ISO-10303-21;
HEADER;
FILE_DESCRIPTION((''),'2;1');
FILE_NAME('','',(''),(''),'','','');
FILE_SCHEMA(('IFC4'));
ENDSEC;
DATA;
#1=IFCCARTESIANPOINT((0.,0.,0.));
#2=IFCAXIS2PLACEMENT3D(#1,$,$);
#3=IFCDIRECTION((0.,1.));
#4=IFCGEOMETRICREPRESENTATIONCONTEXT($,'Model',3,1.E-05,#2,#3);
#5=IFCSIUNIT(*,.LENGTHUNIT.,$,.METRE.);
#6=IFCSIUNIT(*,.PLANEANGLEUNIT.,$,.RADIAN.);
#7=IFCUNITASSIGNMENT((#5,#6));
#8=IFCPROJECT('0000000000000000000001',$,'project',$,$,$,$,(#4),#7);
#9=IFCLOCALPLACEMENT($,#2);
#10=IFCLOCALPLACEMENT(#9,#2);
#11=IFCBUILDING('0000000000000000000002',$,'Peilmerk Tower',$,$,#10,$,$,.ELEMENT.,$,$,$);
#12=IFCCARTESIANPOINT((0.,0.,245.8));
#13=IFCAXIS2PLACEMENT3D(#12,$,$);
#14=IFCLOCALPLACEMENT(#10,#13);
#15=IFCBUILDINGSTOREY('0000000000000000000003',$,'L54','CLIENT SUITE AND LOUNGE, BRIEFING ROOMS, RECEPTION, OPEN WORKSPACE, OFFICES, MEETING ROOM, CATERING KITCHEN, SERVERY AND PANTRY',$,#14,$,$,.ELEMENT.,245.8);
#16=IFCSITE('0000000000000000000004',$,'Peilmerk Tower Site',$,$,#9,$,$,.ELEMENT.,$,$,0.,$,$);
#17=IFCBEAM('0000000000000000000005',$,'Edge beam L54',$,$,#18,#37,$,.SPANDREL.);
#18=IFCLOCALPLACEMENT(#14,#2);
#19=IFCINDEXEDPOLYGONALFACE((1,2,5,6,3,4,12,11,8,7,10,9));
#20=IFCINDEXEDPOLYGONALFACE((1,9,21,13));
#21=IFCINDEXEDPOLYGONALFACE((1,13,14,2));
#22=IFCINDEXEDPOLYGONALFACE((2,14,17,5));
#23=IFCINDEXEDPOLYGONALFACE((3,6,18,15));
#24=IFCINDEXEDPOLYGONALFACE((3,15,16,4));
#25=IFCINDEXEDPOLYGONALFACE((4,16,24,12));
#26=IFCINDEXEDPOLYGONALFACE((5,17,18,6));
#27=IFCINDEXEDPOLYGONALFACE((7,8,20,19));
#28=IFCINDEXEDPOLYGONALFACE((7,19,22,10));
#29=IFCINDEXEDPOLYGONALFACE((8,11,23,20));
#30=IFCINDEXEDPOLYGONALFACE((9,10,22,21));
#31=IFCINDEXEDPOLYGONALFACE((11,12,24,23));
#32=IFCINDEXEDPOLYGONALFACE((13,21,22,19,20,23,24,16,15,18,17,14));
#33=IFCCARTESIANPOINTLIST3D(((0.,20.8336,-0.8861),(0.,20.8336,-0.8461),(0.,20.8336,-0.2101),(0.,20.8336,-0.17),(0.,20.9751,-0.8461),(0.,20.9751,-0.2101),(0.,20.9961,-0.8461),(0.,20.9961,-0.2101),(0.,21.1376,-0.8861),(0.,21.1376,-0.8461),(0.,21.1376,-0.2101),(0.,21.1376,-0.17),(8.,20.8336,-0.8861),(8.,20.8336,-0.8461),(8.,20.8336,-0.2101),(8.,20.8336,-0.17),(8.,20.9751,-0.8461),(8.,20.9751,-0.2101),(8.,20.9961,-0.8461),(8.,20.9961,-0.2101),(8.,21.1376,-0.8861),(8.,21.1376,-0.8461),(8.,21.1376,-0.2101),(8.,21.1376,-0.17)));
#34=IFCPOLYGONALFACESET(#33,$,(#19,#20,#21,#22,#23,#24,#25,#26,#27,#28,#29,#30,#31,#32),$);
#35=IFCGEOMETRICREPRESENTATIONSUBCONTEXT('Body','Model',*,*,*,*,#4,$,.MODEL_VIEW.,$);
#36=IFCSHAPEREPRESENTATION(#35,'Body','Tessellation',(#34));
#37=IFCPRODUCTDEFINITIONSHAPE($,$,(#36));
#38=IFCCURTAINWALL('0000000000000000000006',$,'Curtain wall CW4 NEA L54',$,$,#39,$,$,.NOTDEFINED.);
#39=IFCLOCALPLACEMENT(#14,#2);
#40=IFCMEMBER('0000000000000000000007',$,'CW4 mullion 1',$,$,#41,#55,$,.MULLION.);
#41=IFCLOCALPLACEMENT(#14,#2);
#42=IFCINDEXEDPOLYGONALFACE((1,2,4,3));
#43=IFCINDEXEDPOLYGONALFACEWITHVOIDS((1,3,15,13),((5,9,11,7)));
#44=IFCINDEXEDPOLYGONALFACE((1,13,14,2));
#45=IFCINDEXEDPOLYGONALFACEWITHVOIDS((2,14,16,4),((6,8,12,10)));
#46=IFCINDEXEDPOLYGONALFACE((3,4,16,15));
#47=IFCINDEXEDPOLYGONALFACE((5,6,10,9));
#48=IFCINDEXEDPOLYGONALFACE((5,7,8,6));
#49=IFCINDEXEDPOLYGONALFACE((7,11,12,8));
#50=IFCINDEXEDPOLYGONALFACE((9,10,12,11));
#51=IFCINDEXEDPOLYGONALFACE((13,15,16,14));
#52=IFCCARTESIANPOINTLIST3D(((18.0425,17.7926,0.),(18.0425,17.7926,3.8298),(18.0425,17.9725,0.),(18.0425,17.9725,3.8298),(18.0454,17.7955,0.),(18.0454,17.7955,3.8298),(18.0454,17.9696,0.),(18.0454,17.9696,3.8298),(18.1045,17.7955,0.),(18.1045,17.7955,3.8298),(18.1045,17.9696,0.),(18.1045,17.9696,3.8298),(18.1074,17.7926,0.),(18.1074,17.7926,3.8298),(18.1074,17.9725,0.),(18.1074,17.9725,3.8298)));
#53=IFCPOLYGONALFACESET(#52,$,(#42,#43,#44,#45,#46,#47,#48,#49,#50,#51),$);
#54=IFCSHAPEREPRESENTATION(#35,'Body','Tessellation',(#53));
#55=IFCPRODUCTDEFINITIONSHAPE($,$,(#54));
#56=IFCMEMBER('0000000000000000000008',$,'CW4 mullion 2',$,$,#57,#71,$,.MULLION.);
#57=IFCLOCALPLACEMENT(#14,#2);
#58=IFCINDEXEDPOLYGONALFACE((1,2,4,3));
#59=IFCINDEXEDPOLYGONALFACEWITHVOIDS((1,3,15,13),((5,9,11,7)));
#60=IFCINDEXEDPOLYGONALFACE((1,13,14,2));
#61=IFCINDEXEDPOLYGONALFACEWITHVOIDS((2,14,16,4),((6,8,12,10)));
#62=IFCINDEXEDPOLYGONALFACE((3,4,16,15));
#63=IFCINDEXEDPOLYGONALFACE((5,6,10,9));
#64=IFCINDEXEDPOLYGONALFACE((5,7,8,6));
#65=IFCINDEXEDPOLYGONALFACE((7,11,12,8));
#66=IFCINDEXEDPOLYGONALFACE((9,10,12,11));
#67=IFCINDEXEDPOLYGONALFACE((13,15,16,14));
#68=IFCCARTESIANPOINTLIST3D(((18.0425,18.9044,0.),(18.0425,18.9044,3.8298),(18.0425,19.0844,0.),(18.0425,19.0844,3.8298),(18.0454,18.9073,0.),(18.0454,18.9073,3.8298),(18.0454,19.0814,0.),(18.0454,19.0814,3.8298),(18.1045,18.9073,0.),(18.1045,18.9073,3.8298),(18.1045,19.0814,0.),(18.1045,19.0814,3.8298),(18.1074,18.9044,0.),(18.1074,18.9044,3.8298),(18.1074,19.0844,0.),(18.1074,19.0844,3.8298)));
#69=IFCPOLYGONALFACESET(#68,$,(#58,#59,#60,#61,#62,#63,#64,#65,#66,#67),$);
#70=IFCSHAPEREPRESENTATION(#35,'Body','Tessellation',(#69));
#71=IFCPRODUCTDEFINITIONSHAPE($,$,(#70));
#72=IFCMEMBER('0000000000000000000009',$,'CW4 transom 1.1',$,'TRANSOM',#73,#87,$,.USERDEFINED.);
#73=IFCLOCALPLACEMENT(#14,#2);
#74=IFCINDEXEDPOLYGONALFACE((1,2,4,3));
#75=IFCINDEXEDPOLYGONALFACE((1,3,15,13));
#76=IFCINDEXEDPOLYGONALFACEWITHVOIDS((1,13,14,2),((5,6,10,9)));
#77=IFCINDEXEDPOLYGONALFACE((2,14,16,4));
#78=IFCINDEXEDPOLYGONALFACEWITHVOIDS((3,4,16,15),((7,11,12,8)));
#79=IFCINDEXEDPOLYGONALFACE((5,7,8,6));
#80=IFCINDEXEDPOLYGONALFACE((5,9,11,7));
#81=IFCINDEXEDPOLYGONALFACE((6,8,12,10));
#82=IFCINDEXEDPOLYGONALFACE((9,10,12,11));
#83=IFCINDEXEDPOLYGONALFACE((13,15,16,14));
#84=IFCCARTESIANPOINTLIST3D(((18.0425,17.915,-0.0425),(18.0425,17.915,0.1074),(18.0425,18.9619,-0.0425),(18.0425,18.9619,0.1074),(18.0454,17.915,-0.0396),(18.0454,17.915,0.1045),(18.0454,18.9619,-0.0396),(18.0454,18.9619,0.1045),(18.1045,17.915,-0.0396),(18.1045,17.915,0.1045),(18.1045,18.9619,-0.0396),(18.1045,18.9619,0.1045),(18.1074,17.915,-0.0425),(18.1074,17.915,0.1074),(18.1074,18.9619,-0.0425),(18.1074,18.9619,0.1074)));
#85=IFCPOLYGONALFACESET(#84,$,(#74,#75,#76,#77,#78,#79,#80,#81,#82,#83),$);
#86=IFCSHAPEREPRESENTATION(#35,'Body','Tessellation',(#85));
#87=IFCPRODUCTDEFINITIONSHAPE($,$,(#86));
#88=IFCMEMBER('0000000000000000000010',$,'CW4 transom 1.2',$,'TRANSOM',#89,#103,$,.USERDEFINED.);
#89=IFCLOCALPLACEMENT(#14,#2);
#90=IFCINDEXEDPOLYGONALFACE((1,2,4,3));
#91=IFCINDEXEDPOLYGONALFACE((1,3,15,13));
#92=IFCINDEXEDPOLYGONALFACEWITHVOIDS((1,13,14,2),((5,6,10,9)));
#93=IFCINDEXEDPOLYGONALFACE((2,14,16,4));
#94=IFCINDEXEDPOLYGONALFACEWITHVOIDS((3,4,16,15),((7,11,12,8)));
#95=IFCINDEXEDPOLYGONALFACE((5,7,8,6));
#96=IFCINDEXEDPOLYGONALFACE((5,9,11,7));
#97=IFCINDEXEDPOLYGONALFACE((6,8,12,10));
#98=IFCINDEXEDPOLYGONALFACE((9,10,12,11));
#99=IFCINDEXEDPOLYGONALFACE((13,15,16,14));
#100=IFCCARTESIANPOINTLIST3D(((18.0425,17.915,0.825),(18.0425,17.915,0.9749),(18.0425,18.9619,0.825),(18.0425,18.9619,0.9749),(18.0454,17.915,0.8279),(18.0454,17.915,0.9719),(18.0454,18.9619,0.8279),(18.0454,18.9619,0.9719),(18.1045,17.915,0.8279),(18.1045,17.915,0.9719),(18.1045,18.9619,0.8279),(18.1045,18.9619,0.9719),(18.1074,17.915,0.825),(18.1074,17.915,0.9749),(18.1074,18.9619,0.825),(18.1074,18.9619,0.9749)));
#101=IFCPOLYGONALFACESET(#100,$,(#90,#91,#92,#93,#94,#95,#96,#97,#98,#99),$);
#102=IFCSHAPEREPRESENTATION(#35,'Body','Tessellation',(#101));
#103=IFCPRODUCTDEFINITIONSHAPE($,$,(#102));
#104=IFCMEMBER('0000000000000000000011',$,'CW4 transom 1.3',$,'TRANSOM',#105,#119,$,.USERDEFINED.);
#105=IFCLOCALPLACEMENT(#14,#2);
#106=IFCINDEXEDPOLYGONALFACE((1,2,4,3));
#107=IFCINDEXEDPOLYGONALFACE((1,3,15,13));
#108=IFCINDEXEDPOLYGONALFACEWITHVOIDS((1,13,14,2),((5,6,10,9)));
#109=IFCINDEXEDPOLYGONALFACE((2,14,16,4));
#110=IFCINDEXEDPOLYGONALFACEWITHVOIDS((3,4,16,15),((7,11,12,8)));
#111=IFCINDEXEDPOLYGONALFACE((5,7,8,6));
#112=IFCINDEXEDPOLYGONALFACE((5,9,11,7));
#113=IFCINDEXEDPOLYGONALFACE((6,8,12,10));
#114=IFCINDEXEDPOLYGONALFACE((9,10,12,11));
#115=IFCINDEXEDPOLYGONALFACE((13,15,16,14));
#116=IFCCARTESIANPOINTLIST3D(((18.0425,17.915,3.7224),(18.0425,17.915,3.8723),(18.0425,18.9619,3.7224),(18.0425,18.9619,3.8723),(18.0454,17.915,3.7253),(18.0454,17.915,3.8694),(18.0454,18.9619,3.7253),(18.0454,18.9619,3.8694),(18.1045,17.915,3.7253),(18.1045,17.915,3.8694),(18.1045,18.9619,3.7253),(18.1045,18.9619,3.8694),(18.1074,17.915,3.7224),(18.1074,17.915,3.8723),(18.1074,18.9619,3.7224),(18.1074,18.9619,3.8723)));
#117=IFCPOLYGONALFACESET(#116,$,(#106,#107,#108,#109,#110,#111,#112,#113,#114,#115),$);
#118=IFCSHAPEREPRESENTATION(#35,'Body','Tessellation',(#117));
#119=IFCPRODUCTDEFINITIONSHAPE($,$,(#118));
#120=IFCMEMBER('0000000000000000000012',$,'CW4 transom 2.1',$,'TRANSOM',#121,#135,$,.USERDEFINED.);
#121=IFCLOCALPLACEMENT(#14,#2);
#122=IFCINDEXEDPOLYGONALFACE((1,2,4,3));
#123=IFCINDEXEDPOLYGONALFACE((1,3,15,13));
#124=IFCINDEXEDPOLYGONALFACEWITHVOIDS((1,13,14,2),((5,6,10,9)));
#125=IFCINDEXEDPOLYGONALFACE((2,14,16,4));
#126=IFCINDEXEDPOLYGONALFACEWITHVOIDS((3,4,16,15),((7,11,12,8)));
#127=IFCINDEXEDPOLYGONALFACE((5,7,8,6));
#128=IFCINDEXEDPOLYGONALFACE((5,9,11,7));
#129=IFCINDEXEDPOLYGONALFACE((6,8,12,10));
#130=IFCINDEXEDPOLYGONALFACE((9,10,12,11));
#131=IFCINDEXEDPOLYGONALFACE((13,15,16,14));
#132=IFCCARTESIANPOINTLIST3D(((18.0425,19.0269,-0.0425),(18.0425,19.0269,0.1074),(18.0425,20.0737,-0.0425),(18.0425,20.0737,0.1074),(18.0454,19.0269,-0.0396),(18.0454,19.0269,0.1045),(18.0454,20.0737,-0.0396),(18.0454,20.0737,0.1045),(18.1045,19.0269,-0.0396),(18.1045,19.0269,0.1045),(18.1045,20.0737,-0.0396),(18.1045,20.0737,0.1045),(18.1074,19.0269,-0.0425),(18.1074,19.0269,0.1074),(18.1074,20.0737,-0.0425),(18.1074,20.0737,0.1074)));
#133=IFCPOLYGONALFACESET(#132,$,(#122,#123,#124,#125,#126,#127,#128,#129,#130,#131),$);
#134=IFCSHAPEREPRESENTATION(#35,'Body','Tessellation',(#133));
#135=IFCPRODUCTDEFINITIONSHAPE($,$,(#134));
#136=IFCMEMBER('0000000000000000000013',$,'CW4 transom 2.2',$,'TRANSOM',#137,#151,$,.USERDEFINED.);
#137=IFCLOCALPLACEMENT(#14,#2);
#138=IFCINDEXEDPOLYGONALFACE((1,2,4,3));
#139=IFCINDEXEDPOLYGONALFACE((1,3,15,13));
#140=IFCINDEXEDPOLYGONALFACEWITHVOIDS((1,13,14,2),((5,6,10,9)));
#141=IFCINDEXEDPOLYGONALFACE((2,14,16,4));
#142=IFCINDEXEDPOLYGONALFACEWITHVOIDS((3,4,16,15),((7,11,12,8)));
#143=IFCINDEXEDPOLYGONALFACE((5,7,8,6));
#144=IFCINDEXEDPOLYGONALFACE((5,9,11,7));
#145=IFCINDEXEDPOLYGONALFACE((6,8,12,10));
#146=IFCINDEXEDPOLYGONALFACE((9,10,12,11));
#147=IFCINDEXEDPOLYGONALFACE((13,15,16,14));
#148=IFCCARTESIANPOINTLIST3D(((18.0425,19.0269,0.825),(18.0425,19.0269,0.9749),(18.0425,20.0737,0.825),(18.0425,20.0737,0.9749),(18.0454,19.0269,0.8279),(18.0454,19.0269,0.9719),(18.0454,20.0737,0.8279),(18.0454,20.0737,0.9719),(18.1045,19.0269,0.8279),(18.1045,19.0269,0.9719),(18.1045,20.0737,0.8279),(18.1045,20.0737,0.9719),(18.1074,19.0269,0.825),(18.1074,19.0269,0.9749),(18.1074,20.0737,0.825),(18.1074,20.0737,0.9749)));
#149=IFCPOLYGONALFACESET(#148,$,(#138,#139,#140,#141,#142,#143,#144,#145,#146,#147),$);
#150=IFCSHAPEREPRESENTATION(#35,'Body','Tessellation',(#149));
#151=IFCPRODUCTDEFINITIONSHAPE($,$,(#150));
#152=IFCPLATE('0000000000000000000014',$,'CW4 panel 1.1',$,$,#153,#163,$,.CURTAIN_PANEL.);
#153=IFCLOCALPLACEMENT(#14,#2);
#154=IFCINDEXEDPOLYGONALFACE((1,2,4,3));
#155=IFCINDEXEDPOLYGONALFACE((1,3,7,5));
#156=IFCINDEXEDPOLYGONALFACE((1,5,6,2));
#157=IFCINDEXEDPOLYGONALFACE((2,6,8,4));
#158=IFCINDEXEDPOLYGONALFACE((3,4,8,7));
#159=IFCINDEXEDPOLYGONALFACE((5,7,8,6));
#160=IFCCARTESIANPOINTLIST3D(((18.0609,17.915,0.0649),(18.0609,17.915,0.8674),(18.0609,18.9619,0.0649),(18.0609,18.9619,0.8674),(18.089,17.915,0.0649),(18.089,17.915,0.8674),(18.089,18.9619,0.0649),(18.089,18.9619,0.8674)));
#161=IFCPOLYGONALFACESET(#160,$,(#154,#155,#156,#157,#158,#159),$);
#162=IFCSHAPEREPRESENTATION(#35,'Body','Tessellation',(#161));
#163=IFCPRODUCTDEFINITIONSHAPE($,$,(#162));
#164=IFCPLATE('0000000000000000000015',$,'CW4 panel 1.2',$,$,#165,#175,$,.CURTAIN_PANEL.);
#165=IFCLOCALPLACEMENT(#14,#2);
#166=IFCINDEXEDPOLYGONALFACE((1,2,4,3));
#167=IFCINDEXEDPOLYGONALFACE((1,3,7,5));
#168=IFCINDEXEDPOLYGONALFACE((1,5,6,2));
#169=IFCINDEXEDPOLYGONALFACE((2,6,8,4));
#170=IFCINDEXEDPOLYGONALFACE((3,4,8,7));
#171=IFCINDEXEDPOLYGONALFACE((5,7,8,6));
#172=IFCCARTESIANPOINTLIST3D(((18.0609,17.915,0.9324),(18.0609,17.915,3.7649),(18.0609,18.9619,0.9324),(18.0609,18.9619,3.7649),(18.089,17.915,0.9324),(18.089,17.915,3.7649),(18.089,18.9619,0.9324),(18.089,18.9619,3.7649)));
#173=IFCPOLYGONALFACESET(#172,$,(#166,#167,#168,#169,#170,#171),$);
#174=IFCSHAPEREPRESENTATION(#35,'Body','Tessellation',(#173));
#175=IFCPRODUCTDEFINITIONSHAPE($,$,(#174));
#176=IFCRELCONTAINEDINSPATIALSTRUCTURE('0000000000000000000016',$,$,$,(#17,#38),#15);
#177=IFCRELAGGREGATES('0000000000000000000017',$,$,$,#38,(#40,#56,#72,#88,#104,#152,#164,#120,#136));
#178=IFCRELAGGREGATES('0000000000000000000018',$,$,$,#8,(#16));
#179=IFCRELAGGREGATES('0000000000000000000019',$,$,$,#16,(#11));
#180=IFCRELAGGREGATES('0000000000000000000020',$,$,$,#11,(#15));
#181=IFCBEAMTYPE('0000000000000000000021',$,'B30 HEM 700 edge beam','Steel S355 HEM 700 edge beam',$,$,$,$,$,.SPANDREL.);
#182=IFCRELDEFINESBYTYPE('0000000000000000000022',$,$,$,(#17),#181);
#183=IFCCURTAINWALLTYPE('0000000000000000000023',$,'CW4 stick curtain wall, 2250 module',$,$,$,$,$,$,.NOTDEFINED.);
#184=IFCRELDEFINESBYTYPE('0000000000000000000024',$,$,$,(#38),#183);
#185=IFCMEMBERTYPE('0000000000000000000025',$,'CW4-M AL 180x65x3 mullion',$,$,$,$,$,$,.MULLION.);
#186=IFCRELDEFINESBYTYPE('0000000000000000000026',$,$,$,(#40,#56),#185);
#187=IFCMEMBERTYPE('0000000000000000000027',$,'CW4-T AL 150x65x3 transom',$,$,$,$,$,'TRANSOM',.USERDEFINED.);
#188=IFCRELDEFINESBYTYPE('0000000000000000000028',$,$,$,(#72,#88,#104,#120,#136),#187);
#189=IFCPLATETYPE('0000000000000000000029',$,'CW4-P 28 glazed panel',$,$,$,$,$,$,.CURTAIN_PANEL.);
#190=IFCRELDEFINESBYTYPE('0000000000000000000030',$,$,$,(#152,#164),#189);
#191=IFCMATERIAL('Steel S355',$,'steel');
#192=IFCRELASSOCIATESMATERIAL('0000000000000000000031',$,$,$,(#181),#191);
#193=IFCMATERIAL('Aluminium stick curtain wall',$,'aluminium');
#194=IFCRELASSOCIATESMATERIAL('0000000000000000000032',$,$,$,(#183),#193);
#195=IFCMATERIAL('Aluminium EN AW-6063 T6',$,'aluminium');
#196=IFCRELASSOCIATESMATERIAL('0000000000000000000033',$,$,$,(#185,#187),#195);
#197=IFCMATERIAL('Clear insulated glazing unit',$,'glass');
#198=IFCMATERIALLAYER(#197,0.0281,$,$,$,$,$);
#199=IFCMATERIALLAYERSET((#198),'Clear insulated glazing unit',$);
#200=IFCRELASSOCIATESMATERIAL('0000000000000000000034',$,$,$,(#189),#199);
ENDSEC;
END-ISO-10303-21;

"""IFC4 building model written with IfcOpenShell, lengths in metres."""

from ifc_helpers import new_model, si_unit, direction, frame, origin, origin_2d, place, context, subcontext, project, spatial, rectangle, hollow_rectangle, i_section, extrude, material, layer, layer_set, material_profile, profile_set, type_object, element, aggregate, save


model = new_model("IFC4")

# Units and contexts
model_context = context("Model", 3, precision=1e-05, world=origin(), true_north=direction((0.0, 1.0)))
body_context = subcontext(model_context, "Body", "Model", "MODEL_VIEW")
ifc_project = project(units=[si_unit("LENGTHUNIT", "METRE"), si_unit("PLANEANGLEUNIT", "RADIAN")], contexts=[model_context])

# Site, building, storey
site_placement = place(None, origin())
site = spatial("IfcSite", under=ifc_project, at=site_placement, Name="Peilmerk Tower Site", CompositionType="ELEMENT", RefElevation=0.0)
building_placement = place(site_placement, origin())
building = spatial("IfcBuilding", under=site, at=building_placement, Name="Peilmerk Tower", CompositionType="ELEMENT")
storey_placement = place(building_placement, frame((0.0, 0.0, 245.8)))
storey = spatial("IfcBuildingStorey", under=building, at=storey_placement, Name="L54", Description="CLIENT SUITE AND LOUNGE, BRIEFING ROOMS, RECEPTION, OPEN WORKSPACE, OFFICES, MEETING ROOM, CATERING KITCHEN, SERVERY AND PANTRY", CompositionType="ELEMENT", Elevation=245.8)

# Beam
ifc_material_1 = material(Name="Steel S355", Category="steel")
ifc_material_profile_1 = material_profile(ifc_material_1, i_section(OverallWidth=0.304, OverallDepth=0.7161, WebThickness=0.021, FlangeThickness=0.04, at=origin_2d()), Name="HEM 700")
ifc_profile_set_1 = profile_set([ifc_material_profile_1], Name="Steel S355")
beam_type_1 = type_object("IfcBeamType", Name="B30 HEM 700 edge beam", Description="Steel S355 HEM 700 edge beam", PredefinedType="SPANDREL", material=ifc_profile_set_1)
beam_1_placement = place(storey_placement, frame((8.0, 20.9856, -0.5281), z_axis=(-1.0, 0.0, 0.0), x_axis=(0.0, -1.0, 0.0)))
element("IfcBeam", 1, at=beam_1_placement, inside=storey, type_object=beam_type_1, Name="Edge beam L54", PredefinedType="SPANDREL", context=body_context, shape_type="SweptSolid", body=[
    extrude(i_section(OverallWidth=0.304, OverallDepth=0.7161, WebThickness=0.021, FlangeThickness=0.04, at=origin_2d()), origin(), (0.0, 0.0, 1.0), 8.0),
])

# Curtain wall, members, plates
ifc_material_2 = material(Name="Aluminium stick curtain wall", Category="aluminium")
curtain_wall_type = type_object("IfcCurtainWallType", Name="CW4 stick curtain wall, 2250 module", PredefinedType="NOTDEFINED", material=ifc_material_2)
curtain_wall_placement = place(storey_placement, origin())
curtain_wall = element("IfcCurtainWall", 2, at=curtain_wall_placement, inside=storey, type_object=curtain_wall_type, Name="Curtain wall CW4 NEA L54", PredefinedType="NOTDEFINED")
ifc_material_3 = material(Name="Aluminium EN AW-6063 T6", Category="aluminium")
ifc_material_profile_2 = material_profile(ifc_material_3, hollow_rectangle(XDim=0.0649, YDim=0.1799, WallThickness=0.0029, at=origin_2d()), Name="AL 180x65x3")
ifc_profile_set_2 = profile_set([ifc_material_profile_2], Name="Aluminium EN AW-6063 T6")
member_type_1 = type_object("IfcMemberType", Name="CW4-M AL 180x65x3 mullion", PredefinedType="MULLION", material=ifc_profile_set_2)
member_1_placement = place(storey_placement, frame((18.075, 17.8826, 0.0), z_axis=(0.0, 0.0, 1.0), x_axis=(-1.0, 0.0, 0.0)))
member_1 = element("IfcMember", 3, at=member_1_placement, type_object=member_type_1, Name="CW4 mullion 1", PredefinedType="MULLION", context=body_context, shape_type="SweptSolid", body=[
    extrude(hollow_rectangle(XDim=0.0649, YDim=0.1799, WallThickness=0.0029, at=origin_2d()), origin(), (0.0, 0.0, 1.0), 3.8298),
])
member_2_placement = place(storey_placement, frame((18.075, 18.9944, 0.0), z_axis=(0.0, 0.0, 1.0), x_axis=(-1.0, 0.0, 0.0)))
member_2 = element("IfcMember", 4, at=member_2_placement, type_object=member_type_1, Name="CW4 mullion 2", PredefinedType="MULLION", context=body_context, shape_type="SweptSolid", body=[
    extrude(hollow_rectangle(XDim=0.0649, YDim=0.1799, WallThickness=0.0029, at=origin_2d()), origin(), (0.0, 0.0, 1.0), 3.8298),
])
ifc_material_profile_3 = material_profile(ifc_material_3, hollow_rectangle(XDim=0.0649, YDim=0.1499, WallThickness=0.0029, at=origin_2d()), Name="AL 150x65x3")
ifc_profile_set_3 = profile_set([ifc_material_profile_3], Name="Aluminium EN AW-6063 T6")
member_type_2 = type_object("IfcMemberType", Name="CW4-T AL 150x65x3 transom", ElementType="TRANSOM", PredefinedType="USERDEFINED", material=ifc_profile_set_3)
member_3_placement = place(storey_placement, frame((18.075, 17.915, 0.0325), z_axis=(0.0, 1.0, 0.0), x_axis=(-1.0, 0.0, 0.0)))
member_3 = element("IfcMember", 5, at=member_3_placement, type_object=member_type_2, Name="CW4 transom 1.1", ObjectType="TRANSOM", PredefinedType="USERDEFINED", context=body_context, shape_type="SweptSolid", body=[
    extrude(hollow_rectangle(XDim=0.0649, YDim=0.1499, WallThickness=0.0029, at=origin_2d()), origin(), (0.0, 0.0, 1.0), 1.0469),
])
member_4_placement = place(storey_placement, frame((18.075, 17.915, 0.8999), z_axis=(0.0, 1.0, 0.0), x_axis=(-1.0, 0.0, 0.0)))
member_4 = element("IfcMember", 6, at=member_4_placement, type_object=member_type_2, Name="CW4 transom 1.2", ObjectType="TRANSOM", PredefinedType="USERDEFINED", context=body_context, shape_type="SweptSolid", body=[
    extrude(hollow_rectangle(XDim=0.0649, YDim=0.1499, WallThickness=0.0029, at=origin_2d()), origin(), (0.0, 0.0, 1.0), 1.0469),
])
member_5_placement = place(storey_placement, frame((18.075, 17.915, 3.7974), z_axis=(0.0, 1.0, 0.0), x_axis=(-1.0, 0.0, 0.0)))
member_5 = element("IfcMember", 7, at=member_5_placement, type_object=member_type_2, Name="CW4 transom 1.3", ObjectType="TRANSOM", PredefinedType="USERDEFINED", context=body_context, shape_type="SweptSolid", body=[
    extrude(hollow_rectangle(XDim=0.0649, YDim=0.1499, WallThickness=0.0029, at=origin_2d()), origin(), (0.0, 0.0, 1.0), 1.0469),
])
member_6_placement = place(storey_placement, frame((18.075, 19.0269, 0.0325), z_axis=(0.0, 1.0, 0.0), x_axis=(-1.0, 0.0, 0.0)))
member_6 = element("IfcMember", 8, at=member_6_placement, type_object=member_type_2, Name="CW4 transom 2.1", ObjectType="TRANSOM", PredefinedType="USERDEFINED", context=body_context, shape_type="SweptSolid", body=[
    extrude(hollow_rectangle(XDim=0.0649, YDim=0.1499, WallThickness=0.0029, at=origin_2d()), origin(), (0.0, 0.0, 1.0), 1.0469),
])
member_7_placement = place(storey_placement, frame((18.075, 19.0269, 0.8999), z_axis=(0.0, 1.0, 0.0), x_axis=(-1.0, 0.0, 0.0)))
member_7 = element("IfcMember", 9, at=member_7_placement, type_object=member_type_2, Name="CW4 transom 2.2", ObjectType="TRANSOM", PredefinedType="USERDEFINED", context=body_context, shape_type="SweptSolid", body=[
    extrude(hollow_rectangle(XDim=0.0649, YDim=0.1499, WallThickness=0.0029, at=origin_2d()), origin(), (0.0, 0.0, 1.0), 1.0469),
])
ifc_material_4 = material(Name="Clear insulated glazing unit", Category="glass")
ifc_layer_1 = layer(ifc_material_4, 0.0281)
ifc_layer_set_1 = layer_set([ifc_layer_1], Name="Clear insulated glazing unit")
plate_type = type_object("IfcPlateType", Name="CW4-P 28 glazed panel", PredefinedType="CURTAIN_PANEL", material=ifc_layer_set_1)
plate_1_placement = place(storey_placement, frame((18.075, 18.4385, 0.0649), z_axis=(0.0, 0.0, 1.0), x_axis=(0.0, 1.0, 0.0)))
plate_1 = element("IfcPlate", 10, at=plate_1_placement, type_object=plate_type, Name="CW4 panel 1.1", PredefinedType="CURTAIN_PANEL", context=body_context, shape_type="SweptSolid", body=[
    extrude(rectangle(XDim=1.0469, YDim=0.0281, at=origin_2d()), origin(), (0.0, 0.0, 1.0), 0.8025),
])
plate_2_placement = place(storey_placement, frame((18.075, 18.4385, 0.9324), z_axis=(0.0, 0.0, 1.0), x_axis=(0.0, 1.0, 0.0)))
plate_2 = element("IfcPlate", 11, at=plate_2_placement, type_object=plate_type, Name="CW4 panel 1.2", PredefinedType="CURTAIN_PANEL", context=body_context, shape_type="SweptSolid", body=[
    extrude(rectangle(XDim=1.0469, YDim=0.0281, at=origin_2d()), origin(), (0.0, 0.0, 1.0), 2.8325),
])
aggregate(curtain_wall, [member_1, member_2, member_3, member_4, member_5, plate_1, plate_2, member_6, member_7])

save(model, "model.ifc")
